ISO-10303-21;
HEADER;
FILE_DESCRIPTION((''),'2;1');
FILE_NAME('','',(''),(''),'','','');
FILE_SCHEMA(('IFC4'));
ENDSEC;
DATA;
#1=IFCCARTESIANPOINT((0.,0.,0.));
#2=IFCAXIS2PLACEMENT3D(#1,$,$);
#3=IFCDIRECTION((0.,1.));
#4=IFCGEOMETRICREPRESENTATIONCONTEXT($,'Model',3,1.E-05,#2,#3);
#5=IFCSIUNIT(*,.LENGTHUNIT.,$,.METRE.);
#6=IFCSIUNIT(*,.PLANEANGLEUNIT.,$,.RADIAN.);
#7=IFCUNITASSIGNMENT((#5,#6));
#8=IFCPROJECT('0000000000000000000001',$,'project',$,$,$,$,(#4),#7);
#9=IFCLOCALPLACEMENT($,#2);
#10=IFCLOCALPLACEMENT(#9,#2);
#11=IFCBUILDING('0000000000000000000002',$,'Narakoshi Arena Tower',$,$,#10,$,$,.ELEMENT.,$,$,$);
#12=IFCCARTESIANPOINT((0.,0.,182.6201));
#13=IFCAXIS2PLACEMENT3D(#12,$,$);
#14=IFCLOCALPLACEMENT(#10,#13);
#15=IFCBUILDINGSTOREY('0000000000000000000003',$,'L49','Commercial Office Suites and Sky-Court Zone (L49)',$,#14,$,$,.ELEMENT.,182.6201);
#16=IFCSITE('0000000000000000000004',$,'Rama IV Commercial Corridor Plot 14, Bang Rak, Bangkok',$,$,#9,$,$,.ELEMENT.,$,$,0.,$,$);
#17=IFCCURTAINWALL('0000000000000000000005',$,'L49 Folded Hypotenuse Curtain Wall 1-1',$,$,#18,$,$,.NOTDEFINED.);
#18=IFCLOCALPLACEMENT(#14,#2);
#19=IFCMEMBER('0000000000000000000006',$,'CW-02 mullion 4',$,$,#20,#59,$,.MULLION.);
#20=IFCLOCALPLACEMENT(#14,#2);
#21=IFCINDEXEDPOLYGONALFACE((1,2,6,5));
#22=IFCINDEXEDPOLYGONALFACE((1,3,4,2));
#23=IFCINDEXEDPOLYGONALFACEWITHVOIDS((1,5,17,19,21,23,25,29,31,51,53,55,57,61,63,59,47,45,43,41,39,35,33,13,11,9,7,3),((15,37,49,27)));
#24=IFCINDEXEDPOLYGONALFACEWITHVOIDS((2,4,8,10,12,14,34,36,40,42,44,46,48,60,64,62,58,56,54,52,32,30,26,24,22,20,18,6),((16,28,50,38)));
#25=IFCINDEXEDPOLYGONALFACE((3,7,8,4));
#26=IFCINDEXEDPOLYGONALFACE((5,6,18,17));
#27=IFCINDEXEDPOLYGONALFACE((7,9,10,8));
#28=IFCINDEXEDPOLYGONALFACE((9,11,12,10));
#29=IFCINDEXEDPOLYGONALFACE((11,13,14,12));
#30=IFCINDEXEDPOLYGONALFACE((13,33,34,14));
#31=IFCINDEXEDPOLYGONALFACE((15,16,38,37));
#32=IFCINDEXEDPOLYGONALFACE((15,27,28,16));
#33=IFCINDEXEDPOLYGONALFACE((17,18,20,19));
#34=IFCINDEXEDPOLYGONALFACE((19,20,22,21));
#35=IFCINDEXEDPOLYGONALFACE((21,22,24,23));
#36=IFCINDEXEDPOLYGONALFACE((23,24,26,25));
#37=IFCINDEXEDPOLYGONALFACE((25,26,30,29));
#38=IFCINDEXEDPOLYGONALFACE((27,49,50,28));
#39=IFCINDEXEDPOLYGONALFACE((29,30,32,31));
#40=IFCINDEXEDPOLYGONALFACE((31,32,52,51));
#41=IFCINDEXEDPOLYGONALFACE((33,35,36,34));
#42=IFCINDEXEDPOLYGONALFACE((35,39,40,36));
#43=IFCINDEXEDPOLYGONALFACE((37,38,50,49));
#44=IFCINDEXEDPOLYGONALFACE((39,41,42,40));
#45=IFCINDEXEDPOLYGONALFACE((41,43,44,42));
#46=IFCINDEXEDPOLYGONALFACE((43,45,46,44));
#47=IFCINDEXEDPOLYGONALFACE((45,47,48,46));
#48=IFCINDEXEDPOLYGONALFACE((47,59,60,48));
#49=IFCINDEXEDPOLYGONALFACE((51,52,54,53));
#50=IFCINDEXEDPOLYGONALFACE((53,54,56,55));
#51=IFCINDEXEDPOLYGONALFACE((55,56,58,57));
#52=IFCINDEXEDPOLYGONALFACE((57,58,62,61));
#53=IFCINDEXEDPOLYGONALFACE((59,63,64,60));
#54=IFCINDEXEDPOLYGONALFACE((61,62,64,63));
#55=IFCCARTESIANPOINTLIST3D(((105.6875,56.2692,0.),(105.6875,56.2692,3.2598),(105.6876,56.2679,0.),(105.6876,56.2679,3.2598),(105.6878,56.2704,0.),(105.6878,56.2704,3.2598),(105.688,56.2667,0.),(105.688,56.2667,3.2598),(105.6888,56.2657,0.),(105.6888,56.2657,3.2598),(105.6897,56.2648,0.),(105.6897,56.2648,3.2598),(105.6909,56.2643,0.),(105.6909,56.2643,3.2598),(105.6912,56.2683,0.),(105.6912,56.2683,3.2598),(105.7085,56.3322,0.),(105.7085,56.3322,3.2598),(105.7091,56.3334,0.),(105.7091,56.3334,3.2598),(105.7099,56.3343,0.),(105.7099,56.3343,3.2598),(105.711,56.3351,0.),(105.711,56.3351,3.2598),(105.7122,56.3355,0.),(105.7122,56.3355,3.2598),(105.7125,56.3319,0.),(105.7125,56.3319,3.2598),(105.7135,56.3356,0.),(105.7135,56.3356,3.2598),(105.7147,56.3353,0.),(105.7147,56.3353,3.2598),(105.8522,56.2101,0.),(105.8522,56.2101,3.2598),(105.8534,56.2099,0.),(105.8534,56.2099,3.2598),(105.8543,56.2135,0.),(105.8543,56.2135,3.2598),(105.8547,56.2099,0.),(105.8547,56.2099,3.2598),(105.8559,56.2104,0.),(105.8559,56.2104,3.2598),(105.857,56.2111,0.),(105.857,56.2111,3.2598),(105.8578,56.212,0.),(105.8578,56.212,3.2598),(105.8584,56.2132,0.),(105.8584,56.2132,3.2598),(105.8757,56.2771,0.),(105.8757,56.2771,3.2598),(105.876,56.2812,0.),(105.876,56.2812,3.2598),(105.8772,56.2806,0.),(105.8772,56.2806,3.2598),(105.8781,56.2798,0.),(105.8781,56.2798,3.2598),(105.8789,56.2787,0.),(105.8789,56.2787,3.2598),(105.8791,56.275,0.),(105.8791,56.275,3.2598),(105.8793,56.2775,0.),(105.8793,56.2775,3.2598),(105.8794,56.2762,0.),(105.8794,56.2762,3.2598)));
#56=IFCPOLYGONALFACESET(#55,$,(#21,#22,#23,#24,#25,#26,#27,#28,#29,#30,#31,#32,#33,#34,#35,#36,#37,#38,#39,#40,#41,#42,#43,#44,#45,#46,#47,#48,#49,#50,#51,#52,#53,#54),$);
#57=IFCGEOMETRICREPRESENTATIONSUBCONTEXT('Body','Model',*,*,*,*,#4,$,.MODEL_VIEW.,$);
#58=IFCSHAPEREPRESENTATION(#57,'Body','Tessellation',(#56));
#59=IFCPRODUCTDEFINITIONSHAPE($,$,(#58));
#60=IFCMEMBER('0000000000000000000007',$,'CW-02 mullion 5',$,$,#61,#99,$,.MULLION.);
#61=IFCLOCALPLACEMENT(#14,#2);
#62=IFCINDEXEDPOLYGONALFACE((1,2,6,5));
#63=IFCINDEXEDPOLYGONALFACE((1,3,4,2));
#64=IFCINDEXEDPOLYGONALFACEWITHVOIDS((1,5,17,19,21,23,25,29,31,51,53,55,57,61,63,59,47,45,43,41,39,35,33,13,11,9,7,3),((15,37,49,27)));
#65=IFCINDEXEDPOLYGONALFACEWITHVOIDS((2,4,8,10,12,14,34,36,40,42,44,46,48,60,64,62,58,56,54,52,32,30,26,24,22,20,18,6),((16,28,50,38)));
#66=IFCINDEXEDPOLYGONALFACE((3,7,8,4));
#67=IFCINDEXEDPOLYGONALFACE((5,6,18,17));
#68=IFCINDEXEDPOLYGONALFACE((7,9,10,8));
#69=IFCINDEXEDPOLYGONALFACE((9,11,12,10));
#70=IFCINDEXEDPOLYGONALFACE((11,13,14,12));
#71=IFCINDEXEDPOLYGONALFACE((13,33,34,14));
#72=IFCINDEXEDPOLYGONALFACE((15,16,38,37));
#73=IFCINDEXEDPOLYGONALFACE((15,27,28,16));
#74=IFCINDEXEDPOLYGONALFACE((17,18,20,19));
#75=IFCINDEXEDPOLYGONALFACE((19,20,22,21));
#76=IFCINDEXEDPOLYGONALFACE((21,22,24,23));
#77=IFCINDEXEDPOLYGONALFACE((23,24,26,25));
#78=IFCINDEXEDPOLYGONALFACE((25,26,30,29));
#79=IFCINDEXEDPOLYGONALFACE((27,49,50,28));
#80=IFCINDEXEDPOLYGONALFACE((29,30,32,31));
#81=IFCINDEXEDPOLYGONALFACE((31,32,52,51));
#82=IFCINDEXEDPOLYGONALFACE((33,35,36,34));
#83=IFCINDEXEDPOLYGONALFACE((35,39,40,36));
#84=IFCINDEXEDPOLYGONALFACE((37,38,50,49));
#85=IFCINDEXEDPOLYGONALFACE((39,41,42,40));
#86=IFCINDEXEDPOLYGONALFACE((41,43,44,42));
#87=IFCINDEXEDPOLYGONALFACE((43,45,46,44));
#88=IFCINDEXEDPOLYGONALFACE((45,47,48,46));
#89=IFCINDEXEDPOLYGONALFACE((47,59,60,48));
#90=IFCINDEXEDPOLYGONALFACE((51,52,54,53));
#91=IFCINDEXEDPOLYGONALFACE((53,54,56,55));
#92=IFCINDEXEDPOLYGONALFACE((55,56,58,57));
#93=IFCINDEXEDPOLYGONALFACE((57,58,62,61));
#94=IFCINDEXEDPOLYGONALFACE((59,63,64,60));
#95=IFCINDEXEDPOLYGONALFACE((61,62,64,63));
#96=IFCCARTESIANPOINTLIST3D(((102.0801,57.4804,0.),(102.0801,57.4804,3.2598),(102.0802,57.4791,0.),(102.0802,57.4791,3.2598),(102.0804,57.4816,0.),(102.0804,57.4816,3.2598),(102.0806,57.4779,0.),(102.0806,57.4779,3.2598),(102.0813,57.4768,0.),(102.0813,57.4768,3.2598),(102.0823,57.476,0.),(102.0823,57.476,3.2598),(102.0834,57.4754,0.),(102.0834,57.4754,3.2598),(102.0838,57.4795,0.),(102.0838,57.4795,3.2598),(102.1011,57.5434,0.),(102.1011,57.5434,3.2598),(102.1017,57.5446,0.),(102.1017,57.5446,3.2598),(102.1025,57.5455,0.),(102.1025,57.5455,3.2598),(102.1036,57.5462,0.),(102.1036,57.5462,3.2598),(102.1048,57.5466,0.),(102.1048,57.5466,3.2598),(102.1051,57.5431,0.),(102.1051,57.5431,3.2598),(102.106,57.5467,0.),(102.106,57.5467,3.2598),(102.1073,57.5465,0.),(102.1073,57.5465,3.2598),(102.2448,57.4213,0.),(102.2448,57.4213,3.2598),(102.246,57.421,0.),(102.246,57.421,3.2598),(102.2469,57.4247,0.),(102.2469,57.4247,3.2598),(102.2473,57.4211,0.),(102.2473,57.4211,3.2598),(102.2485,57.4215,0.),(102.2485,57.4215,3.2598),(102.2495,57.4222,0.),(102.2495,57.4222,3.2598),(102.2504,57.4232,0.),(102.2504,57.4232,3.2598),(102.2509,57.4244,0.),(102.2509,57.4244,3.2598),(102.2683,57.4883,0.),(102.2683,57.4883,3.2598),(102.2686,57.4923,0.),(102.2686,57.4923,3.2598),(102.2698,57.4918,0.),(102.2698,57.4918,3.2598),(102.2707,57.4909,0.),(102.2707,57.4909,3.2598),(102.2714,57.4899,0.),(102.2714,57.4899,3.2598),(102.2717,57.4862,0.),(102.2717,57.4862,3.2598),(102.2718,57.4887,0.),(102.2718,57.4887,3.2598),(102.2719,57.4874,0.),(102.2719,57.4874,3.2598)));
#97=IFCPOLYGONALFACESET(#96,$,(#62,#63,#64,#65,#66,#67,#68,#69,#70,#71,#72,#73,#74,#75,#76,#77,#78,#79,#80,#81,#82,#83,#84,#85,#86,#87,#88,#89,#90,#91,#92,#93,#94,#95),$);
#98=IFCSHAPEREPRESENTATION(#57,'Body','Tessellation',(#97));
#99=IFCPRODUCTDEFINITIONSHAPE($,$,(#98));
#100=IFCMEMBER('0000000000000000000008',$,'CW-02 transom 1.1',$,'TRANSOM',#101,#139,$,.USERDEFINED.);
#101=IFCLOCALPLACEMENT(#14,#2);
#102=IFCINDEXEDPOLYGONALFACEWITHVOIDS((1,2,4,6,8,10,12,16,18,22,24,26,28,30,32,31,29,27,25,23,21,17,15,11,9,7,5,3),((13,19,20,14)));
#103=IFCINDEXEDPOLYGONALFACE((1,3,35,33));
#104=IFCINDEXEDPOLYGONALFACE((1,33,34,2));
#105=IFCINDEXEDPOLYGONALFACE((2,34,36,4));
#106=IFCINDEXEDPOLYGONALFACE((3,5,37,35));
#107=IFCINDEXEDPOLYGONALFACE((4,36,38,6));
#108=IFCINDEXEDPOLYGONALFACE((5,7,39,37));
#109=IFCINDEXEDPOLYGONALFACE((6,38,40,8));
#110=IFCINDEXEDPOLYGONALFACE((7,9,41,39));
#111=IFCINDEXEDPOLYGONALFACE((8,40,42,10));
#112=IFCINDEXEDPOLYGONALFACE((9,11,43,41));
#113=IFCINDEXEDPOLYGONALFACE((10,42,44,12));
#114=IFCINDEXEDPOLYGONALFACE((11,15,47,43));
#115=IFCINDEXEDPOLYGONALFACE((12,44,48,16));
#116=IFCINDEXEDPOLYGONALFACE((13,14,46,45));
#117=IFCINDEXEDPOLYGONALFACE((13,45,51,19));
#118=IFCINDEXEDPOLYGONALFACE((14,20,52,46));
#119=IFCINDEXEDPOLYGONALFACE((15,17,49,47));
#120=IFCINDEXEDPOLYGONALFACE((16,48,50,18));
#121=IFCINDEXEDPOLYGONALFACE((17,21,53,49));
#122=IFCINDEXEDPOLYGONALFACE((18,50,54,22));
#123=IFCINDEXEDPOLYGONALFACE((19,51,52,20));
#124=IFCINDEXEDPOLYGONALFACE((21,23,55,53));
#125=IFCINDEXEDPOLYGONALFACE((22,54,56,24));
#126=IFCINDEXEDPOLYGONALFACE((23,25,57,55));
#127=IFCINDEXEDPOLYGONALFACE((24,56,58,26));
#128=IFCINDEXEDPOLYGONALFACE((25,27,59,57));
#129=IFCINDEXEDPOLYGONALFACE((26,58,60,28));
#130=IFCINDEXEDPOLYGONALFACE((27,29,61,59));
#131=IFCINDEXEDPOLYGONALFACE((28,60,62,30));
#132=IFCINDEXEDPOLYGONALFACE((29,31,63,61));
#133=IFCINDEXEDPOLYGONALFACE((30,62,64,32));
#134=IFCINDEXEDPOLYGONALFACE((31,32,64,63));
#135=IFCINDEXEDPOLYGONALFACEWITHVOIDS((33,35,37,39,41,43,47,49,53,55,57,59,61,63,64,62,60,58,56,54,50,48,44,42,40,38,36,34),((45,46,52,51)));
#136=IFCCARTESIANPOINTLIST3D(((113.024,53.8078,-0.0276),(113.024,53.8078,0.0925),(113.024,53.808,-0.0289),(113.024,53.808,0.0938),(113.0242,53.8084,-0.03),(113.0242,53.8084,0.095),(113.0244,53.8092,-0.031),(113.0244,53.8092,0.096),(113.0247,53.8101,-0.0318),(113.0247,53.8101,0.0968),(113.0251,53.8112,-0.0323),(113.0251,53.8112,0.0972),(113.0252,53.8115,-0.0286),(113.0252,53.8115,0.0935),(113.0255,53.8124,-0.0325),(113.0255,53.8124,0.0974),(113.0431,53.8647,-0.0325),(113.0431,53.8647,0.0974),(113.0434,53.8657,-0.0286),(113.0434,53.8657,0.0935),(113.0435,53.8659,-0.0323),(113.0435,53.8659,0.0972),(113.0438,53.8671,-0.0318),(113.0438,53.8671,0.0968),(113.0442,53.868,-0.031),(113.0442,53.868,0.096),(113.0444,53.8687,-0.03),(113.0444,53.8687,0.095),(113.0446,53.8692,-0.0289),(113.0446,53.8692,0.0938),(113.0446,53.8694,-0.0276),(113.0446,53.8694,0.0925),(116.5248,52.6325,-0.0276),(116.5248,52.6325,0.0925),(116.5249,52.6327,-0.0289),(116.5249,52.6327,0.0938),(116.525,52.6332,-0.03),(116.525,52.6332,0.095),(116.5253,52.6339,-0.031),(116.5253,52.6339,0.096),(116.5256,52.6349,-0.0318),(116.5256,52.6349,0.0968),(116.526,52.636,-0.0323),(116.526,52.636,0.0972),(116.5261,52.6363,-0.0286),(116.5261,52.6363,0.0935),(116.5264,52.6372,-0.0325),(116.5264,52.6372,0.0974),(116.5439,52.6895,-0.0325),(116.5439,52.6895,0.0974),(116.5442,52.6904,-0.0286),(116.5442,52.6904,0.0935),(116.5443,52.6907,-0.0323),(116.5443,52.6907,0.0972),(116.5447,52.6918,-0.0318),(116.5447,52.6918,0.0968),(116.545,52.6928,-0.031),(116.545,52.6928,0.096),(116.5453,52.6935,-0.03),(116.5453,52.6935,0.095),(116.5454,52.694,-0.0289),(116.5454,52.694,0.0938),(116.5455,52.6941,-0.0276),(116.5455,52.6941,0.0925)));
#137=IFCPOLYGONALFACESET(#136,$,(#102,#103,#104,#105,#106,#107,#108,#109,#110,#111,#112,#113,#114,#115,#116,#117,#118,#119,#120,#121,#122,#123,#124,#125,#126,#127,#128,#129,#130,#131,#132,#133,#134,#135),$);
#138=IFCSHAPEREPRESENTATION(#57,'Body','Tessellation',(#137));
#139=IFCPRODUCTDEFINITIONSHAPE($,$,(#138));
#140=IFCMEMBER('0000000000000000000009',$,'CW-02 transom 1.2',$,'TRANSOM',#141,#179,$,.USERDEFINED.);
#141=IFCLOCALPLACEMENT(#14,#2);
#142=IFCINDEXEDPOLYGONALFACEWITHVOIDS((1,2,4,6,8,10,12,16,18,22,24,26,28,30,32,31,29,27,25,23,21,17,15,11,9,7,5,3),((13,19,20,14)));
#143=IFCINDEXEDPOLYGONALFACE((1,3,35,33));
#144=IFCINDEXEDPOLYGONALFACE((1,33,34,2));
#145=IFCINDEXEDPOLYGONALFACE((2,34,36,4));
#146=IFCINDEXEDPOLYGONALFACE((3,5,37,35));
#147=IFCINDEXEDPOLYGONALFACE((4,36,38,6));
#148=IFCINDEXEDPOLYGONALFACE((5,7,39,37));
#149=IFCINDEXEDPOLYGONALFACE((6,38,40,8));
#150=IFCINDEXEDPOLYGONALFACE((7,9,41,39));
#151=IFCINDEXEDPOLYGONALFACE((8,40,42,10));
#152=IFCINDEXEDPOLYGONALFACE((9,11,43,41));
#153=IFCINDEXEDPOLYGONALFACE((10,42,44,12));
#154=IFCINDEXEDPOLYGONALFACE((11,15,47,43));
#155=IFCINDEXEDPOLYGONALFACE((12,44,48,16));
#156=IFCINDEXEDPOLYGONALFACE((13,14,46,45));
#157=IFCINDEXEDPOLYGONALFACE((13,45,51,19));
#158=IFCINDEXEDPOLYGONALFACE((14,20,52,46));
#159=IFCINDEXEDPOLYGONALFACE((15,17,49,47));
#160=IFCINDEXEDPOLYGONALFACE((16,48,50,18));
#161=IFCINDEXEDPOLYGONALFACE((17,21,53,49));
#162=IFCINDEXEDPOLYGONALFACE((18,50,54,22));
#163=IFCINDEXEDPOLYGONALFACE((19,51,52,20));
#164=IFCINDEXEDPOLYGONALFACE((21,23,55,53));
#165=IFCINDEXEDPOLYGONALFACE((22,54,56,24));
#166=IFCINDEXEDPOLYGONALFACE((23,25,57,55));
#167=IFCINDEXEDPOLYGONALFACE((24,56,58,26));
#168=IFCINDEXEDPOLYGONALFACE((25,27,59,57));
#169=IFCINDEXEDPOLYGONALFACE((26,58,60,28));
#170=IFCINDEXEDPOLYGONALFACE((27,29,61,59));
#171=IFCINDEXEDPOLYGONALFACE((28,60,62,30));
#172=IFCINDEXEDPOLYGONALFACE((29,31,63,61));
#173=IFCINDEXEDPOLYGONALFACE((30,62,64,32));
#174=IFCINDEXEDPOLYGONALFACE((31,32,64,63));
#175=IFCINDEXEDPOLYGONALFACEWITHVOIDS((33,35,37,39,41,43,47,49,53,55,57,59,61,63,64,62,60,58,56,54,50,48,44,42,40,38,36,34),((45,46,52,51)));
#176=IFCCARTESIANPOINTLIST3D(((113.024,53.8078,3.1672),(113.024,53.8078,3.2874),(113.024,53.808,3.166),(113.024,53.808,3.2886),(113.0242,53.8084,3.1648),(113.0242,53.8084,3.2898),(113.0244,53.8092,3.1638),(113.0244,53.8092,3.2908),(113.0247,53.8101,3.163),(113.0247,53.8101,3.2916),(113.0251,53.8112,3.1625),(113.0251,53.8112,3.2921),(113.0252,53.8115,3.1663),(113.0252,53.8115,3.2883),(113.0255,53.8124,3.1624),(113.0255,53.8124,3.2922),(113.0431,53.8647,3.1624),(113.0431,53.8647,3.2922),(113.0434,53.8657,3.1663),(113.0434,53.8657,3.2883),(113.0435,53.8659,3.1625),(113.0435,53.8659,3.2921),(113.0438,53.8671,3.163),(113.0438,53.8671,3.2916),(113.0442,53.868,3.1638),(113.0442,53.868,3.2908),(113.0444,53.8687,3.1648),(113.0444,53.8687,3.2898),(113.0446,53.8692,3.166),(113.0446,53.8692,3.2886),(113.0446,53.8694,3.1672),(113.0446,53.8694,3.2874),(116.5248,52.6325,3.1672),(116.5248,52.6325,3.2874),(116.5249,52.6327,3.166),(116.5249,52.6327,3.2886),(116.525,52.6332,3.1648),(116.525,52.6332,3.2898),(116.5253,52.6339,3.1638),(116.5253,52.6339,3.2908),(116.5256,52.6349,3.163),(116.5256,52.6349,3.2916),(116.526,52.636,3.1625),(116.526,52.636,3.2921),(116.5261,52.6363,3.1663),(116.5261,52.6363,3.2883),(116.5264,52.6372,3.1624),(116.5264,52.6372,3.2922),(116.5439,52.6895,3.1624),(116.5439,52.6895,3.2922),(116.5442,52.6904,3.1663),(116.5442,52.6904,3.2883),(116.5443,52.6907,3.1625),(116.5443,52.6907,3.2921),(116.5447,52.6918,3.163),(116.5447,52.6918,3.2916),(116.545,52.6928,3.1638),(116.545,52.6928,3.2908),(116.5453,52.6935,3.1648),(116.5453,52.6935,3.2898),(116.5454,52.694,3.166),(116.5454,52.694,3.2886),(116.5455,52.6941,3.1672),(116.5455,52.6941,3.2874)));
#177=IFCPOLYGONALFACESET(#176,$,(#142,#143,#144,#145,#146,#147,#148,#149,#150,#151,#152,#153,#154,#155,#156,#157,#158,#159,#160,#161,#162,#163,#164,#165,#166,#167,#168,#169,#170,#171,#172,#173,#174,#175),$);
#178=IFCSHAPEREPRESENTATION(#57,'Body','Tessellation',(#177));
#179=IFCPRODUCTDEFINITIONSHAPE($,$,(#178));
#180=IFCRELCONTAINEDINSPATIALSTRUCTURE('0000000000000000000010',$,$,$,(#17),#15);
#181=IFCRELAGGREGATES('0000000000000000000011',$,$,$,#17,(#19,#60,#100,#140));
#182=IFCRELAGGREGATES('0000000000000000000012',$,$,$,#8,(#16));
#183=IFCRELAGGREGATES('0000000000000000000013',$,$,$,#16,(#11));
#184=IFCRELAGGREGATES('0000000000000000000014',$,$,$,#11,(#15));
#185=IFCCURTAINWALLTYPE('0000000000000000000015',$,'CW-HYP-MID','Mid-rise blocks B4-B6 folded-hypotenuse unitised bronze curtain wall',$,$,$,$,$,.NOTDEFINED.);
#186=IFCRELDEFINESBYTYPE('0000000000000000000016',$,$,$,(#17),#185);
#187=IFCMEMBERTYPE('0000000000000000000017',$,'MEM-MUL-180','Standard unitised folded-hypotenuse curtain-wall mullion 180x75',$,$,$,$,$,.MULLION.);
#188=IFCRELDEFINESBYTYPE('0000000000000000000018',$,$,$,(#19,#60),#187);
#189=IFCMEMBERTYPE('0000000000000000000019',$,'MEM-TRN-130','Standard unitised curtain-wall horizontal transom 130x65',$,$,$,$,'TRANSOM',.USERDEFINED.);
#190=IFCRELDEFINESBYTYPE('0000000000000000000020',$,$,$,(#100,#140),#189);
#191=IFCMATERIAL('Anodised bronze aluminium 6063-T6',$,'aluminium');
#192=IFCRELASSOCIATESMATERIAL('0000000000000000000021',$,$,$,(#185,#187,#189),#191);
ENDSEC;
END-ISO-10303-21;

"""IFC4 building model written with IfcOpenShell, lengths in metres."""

from ifc_helpers import new_model, si_unit, direction, frame, origin, origin_2d, place, context, subcontext, project, spatial, hollow_rectangle, extrude, material, material_profile, profile_set, type_object, element, aggregate, save


model = new_model("IFC4")

# Units and contexts
model_context = context("Model", 3, precision=1e-05, world=origin(), true_north=direction((0.0, 1.0)))
body_context = subcontext(model_context, "Body", "Model", "MODEL_VIEW")
ifc_project = project(units=[si_unit("LENGTHUNIT", "METRE"), si_unit("PLANEANGLEUNIT", "RADIAN")], contexts=[model_context])

# Site, building, storey
site_placement = place(None, origin())
site = spatial("IfcSite", under=ifc_project, at=site_placement, Name="Rama IV Commercial Corridor Plot 14, Bang Rak, Bangkok", CompositionType="ELEMENT", RefElevation=0.0)
building_placement = place(site_placement, origin())
building = spatial("IfcBuilding", under=site, at=building_placement, Name="Narakoshi Arena Tower", CompositionType="ELEMENT")
storey_placement = place(building_placement, frame((0.0, 0.0, 182.6201)))
storey = spatial("IfcBuildingStorey", under=building, at=storey_placement, Name="L49", Description="Commercial Office Suites and Sky-Court Zone (L49)", CompositionType="ELEMENT", Elevation=182.6201)

# Curtain wall, members
ifc_material_1 = material(Name="Anodised bronze aluminium 6063-T6", Category="aluminium")
curtain_wall_type = type_object("IfcCurtainWallType", Name="CW-HYP-MID", Description="Mid-rise blocks B4-B6 folded-hypotenuse unitised bronze curtain wall", PredefinedType="NOTDEFINED", material=ifc_material_1)
curtain_wall_placement = place(storey_placement, origin())
curtain_wall = element("IfcCurtainWall", 1, at=curtain_wall_placement, inside=storey, type_object=curtain_wall_type, Name="L49 Folded Hypotenuse Curtain Wall 1-1", PredefinedType="NOTDEFINED")
ifc_material_profile_1 = material_profile(ifc_material_1, hollow_rectangle(XDim=0.075, YDim=0.1799, WallThickness=0.0039, OuterFilletRadius=0.0049, at=origin_2d()), Name="MUL180x75x4")
ifc_profile_set_1 = profile_set([ifc_material_profile_1], Name="Anodised bronze aluminium 6063-T6")
member_type_1 = type_object("IfcMemberType", Name="MEM-MUL-180", Description="Standard unitised folded-hypotenuse curtain-wall mullion 180x75", PredefinedType="MULLION", material=ifc_profile_set_1)
member_1_placement = place(storey_placement, frame((105.7834, 56.2727, 0.0), z_axis=(0.0, 0.0, 1.0), x_axis=(-0.318261, -0.948003, 0.0)))
member_1 = element("IfcMember", 2, at=member_1_placement, type_object=member_type_1, Name="CW-02 mullion 4", PredefinedType="MULLION", context=body_context, shape_type="SweptSolid", body=[
    extrude(hollow_rectangle(XDim=0.075, YDim=0.1799, WallThickness=0.0039, OuterFilletRadius=0.0049, at=origin_2d()), origin(), (0.0, 0.0, 1.0), 3.2598),
])
member_2_placement = place(storey_placement, frame((102.176, 57.4839, 0.0), z_axis=(0.0, 0.0, 1.0), x_axis=(-0.318261, -0.948003, 0.0)))
member_2 = element("IfcMember", 3, at=member_2_placement, type_object=member_type_1, Name="CW-02 mullion 5", PredefinedType="MULLION", context=body_context, shape_type="SweptSolid", body=[
    extrude(hollow_rectangle(XDim=0.075, YDim=0.1799, WallThickness=0.0039, OuterFilletRadius=0.0049, at=origin_2d()), origin(), (0.0, 0.0, 1.0), 3.2598),
])
ifc_material_profile_2 = material_profile(ifc_material_1, hollow_rectangle(XDim=0.0649, YDim=0.1299, WallThickness=0.0039, OuterFilletRadius=0.0049, at=origin_2d()), Name="TRN130x65x4")
ifc_profile_set_2 = profile_set([ifc_material_profile_2], Name="Anodised bronze aluminium 6063-T6")
member_type_2 = type_object("IfcMemberType", Name="MEM-TRN-130", Description="Standard unitised curtain-wall horizontal transom 130x65", ElementType="TRANSOM", PredefinedType="USERDEFINED", material=ifc_profile_set_2)
member_3_placement = place(storey_placement, frame((116.5352, 52.6633, 0.0325), z_axis=(-0.948007, 0.31825, 0.0), x_axis=(-0.31825, -0.948007, 0.0)))
member_3 = element("IfcMember", 4, at=member_3_placement, type_object=member_type_2, Name="CW-02 transom 1.1", ObjectType="TRANSOM", PredefinedType="USERDEFINED", context=body_context, shape_type="SweptSolid", body=[
    extrude(hollow_rectangle(XDim=0.0649, YDim=0.1299, WallThickness=0.0039, OuterFilletRadius=0.0049, at=origin_2d()), origin(), (0.0, 0.0, 1.0), 3.6929),
])
member_4_placement = place(storey_placement, frame((116.5352, 52.6633, 3.2273), z_axis=(-0.948007, 0.31825, 0.0), x_axis=(-0.31825, -0.948007, 0.0)))
member_4 = element("IfcMember", 5, at=member_4_placement, type_object=member_type_2, Name="CW-02 transom 1.2", ObjectType="TRANSOM", PredefinedType="USERDEFINED", context=body_context, shape_type="SweptSolid", body=[
    extrude(hollow_rectangle(XDim=0.0649, YDim=0.1299, WallThickness=0.0039, OuterFilletRadius=0.0049, at=origin_2d()), origin(), (0.0, 0.0, 1.0), 3.6929),
])
aggregate(curtain_wall, [member_1, member_2, member_3, member_4])

save(model, "model.ifc")
